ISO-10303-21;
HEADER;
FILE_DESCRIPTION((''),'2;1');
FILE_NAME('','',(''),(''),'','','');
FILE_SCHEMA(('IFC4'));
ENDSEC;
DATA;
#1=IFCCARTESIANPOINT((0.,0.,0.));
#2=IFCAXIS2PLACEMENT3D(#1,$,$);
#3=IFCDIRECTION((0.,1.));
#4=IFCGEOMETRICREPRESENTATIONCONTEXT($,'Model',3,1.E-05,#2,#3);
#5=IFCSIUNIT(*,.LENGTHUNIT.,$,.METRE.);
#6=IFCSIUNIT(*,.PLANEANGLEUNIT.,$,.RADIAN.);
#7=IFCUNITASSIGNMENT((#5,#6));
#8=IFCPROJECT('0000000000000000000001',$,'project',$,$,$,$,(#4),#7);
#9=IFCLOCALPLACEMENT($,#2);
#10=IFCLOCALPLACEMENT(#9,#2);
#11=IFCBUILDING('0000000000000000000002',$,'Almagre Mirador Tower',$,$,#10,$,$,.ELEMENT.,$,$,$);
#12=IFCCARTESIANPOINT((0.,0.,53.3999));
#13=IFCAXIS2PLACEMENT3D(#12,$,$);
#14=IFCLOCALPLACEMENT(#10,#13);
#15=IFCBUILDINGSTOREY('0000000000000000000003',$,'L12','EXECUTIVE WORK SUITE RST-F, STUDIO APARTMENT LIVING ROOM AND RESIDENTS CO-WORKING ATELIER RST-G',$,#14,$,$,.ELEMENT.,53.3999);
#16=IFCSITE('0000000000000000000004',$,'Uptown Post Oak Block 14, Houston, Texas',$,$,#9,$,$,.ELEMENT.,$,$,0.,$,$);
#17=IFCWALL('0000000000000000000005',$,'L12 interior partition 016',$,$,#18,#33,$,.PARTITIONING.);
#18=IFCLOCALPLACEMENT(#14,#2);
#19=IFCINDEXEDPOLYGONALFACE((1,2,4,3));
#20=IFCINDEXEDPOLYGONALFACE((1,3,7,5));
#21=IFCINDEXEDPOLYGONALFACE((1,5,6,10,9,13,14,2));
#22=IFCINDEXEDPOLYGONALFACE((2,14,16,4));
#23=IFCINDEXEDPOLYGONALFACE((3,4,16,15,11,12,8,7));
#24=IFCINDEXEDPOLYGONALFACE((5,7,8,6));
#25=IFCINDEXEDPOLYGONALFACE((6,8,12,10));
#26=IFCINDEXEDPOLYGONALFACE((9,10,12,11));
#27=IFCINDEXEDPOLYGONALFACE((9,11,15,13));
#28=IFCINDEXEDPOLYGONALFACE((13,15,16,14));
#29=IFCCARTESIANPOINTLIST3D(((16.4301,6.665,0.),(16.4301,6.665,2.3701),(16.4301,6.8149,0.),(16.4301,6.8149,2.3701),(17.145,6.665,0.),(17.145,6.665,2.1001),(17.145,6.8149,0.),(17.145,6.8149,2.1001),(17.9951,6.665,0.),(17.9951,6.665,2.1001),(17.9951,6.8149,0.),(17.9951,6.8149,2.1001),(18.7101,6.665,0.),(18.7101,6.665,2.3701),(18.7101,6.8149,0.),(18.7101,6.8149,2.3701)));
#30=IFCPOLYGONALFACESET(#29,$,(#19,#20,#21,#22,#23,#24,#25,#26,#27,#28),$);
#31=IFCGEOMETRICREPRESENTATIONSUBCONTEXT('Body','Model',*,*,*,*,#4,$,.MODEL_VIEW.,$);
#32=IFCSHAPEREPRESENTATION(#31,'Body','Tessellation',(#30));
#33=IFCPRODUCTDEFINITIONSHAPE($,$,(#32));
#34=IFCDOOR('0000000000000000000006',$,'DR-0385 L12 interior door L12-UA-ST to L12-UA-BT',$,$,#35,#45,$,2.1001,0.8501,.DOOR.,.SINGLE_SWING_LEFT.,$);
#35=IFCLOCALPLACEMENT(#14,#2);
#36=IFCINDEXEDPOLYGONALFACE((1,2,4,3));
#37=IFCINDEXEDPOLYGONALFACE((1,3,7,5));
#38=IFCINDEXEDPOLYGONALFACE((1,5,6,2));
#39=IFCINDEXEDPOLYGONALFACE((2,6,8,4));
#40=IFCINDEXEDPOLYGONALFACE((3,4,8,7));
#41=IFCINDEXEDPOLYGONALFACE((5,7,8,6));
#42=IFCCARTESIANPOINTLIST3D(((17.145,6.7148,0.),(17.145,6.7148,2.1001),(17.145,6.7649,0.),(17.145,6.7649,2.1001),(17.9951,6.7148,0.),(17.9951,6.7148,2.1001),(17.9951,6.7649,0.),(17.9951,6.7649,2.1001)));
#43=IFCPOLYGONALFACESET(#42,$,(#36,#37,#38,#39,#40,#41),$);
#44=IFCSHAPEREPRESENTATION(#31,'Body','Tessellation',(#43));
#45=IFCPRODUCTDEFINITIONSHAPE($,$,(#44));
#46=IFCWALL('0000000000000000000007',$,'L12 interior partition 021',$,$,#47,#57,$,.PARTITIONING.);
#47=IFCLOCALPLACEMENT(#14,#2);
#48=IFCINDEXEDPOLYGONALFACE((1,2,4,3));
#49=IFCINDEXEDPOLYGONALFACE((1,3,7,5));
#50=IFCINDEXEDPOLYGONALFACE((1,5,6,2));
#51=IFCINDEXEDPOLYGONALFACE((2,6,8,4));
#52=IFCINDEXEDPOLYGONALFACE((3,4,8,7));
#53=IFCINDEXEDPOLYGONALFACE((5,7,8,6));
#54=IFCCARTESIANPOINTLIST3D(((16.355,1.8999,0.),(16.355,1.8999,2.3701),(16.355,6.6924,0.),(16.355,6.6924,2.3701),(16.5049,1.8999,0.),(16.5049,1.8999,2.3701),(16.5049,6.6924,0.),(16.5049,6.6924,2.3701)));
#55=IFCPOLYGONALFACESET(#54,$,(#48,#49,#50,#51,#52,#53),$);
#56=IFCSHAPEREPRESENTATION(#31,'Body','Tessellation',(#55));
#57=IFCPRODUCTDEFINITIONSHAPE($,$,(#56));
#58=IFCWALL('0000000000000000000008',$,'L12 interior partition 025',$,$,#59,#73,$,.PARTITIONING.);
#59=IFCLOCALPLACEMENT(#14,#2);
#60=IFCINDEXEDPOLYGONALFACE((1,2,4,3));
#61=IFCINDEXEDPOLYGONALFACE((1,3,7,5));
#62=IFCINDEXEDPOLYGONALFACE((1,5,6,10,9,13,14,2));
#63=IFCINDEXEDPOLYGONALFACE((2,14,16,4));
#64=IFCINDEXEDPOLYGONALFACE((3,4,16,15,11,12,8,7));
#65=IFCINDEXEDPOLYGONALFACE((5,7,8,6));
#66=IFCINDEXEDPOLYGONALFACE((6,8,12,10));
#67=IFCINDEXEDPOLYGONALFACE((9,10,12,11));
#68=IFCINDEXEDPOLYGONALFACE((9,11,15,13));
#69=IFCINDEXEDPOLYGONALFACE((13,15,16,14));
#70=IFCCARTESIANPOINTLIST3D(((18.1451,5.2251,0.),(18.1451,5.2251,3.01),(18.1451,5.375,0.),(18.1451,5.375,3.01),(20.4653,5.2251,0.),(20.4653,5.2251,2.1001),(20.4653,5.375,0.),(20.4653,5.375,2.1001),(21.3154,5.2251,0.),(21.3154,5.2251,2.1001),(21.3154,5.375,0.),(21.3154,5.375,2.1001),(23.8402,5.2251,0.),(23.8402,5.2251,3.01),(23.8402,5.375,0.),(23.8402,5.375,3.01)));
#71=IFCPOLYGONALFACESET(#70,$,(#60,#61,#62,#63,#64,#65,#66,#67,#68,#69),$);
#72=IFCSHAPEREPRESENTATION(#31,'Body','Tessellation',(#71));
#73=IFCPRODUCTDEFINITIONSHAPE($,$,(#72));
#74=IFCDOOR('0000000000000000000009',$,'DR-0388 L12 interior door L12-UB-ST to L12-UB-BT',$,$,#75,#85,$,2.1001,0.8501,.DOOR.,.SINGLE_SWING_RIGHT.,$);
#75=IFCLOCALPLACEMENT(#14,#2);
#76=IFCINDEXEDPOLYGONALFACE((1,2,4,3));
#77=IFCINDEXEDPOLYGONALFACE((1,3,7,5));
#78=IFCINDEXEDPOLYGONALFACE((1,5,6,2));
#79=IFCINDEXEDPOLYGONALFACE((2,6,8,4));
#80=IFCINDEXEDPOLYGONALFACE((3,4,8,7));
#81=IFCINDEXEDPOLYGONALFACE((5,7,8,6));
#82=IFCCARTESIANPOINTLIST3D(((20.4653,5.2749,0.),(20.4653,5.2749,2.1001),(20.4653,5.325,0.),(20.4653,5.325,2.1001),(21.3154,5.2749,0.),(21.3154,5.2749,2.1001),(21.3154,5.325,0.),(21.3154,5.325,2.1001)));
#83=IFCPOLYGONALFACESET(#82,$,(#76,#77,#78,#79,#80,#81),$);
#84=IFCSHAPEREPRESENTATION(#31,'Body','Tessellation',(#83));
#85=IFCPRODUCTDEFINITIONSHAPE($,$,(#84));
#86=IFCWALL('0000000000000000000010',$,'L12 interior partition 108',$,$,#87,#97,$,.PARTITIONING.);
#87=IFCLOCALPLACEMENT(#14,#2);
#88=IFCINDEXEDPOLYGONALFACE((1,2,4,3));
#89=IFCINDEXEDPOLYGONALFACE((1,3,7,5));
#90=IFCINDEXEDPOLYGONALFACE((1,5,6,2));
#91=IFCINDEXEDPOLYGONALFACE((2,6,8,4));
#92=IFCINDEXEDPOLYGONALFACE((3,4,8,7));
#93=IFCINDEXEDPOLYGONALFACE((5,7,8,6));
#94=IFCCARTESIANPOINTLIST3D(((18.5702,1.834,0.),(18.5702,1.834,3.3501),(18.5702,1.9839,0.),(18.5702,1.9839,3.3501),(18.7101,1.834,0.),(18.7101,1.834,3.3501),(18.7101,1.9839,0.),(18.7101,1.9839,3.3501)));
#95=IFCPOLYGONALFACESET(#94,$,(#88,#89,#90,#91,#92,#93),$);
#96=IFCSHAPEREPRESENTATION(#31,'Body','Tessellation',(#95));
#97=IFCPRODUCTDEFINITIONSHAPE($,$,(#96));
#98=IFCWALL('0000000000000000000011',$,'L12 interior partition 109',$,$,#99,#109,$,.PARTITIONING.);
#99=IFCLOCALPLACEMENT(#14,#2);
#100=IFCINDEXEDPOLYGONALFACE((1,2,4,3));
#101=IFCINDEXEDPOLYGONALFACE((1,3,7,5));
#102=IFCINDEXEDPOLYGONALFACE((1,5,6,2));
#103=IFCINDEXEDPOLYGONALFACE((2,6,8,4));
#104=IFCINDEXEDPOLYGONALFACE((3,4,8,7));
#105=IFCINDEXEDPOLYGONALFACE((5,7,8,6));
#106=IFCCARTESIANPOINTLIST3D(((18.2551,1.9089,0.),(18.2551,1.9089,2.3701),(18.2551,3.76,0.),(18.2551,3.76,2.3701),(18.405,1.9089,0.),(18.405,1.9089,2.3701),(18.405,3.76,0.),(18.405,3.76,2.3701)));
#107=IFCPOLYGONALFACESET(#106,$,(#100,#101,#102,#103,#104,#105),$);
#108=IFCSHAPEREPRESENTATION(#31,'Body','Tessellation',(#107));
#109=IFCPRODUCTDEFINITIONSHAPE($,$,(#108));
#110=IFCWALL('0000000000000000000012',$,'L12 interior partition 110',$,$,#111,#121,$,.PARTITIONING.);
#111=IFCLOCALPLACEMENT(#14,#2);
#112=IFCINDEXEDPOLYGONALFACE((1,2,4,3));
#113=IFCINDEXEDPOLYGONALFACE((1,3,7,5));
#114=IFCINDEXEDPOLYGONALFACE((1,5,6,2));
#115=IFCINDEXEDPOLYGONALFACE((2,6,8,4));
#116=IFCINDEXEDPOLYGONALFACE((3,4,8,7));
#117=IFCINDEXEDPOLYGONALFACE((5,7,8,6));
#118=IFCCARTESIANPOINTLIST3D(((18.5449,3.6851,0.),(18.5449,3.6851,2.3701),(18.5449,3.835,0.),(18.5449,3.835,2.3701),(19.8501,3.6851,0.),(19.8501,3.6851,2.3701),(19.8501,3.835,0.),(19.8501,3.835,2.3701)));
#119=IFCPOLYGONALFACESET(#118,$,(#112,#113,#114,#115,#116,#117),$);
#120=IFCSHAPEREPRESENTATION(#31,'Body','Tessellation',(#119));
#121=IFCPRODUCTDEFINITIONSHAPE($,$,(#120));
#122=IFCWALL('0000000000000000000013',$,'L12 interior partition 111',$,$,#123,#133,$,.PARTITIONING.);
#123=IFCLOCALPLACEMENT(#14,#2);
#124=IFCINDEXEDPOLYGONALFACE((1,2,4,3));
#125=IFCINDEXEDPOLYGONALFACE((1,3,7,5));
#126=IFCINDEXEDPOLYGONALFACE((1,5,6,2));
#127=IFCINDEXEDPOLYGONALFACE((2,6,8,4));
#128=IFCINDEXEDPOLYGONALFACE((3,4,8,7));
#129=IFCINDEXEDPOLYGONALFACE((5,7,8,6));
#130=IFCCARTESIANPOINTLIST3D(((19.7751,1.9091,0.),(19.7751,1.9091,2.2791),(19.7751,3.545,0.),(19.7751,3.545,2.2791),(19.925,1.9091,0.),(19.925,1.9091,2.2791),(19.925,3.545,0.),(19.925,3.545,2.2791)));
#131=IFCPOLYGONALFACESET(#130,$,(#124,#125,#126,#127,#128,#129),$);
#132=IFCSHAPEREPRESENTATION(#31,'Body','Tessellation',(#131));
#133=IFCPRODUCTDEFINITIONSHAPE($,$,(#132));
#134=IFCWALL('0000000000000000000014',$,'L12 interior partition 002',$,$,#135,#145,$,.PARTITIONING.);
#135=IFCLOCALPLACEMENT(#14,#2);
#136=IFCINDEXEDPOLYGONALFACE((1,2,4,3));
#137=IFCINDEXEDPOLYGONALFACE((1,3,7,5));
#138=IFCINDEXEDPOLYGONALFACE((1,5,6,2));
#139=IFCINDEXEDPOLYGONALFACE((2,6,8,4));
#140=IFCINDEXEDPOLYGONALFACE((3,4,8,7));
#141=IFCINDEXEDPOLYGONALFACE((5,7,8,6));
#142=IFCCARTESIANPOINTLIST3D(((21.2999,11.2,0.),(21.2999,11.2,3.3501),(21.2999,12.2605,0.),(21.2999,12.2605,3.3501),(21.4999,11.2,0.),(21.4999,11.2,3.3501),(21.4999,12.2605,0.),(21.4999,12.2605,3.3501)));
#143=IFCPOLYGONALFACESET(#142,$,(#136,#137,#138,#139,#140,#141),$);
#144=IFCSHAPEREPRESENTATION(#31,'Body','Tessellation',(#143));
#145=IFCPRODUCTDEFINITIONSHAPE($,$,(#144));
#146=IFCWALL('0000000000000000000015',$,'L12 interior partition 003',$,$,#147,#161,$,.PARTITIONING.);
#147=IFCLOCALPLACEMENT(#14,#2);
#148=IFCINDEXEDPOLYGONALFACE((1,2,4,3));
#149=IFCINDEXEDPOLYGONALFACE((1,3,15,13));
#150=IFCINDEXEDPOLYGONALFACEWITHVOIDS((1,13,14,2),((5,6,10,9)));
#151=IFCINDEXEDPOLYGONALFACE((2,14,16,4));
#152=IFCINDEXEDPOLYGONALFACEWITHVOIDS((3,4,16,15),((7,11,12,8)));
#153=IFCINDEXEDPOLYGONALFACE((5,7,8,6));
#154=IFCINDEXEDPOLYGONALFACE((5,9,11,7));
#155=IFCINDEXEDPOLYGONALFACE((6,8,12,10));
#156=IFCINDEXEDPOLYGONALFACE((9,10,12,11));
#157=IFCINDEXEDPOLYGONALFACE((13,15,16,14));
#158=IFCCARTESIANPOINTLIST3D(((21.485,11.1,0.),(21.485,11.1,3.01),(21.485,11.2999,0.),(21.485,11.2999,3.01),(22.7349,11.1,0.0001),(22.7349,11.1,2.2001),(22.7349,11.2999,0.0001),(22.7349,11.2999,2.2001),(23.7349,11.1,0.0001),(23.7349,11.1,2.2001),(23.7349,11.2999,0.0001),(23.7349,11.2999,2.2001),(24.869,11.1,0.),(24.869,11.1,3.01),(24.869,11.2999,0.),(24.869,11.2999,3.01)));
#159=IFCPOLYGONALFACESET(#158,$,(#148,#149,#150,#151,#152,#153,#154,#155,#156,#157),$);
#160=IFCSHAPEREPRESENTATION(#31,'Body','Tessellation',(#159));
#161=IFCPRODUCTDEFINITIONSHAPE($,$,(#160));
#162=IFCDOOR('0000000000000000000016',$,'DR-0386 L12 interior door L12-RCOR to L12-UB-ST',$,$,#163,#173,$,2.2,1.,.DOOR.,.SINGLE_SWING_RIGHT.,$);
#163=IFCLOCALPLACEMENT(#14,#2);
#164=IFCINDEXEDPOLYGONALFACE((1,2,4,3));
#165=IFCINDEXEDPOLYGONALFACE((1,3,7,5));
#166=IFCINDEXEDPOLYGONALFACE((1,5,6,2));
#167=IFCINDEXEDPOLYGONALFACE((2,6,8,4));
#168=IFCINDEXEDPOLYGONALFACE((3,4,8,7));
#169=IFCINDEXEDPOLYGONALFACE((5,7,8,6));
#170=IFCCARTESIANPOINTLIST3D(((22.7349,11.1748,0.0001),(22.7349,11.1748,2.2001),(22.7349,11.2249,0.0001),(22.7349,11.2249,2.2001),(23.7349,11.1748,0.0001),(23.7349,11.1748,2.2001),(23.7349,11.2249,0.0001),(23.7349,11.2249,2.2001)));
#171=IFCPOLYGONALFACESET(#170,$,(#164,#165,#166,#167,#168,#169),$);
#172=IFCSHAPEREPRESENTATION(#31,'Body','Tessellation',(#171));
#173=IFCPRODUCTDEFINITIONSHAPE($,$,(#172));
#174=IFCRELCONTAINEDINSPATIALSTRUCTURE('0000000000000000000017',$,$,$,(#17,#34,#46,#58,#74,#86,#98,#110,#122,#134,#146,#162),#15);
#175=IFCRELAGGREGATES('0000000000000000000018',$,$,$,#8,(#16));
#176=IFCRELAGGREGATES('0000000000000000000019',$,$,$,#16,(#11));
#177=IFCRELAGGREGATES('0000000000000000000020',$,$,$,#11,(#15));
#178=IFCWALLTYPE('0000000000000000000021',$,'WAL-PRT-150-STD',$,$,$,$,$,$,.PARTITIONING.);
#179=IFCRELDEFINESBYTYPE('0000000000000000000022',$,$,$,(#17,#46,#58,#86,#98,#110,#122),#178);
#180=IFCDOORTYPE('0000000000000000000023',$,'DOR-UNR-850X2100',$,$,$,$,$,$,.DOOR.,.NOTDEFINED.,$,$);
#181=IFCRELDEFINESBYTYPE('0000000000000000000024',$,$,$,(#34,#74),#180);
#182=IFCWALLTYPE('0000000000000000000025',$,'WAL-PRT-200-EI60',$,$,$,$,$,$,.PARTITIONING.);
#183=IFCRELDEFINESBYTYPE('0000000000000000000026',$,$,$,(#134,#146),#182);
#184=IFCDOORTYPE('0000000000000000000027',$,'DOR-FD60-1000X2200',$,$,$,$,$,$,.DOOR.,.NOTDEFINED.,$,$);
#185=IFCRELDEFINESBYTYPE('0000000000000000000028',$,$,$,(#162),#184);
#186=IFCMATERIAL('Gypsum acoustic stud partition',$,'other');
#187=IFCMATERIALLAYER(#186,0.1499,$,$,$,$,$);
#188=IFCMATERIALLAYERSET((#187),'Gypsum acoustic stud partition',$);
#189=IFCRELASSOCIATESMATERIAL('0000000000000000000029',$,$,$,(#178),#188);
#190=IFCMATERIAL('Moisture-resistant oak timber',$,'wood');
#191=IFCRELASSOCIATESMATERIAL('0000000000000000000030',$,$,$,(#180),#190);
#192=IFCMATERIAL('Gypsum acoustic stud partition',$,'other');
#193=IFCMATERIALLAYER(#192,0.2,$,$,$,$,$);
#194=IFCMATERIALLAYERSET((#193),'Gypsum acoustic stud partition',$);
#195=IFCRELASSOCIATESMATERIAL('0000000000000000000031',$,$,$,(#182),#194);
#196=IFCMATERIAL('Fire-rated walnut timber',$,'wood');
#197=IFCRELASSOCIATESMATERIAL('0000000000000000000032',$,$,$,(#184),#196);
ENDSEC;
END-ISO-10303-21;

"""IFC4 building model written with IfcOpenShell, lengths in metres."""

from ifc_helpers import new_model, si_unit, direction, frame, frame_2d, origin, place, context, subcontext, project, spatial, rectangle, extrude, material, layer, layer_set, type_object, element, fill, save


model = new_model("IFC4")

# Units and contexts
model_context = context("Model", 3, precision=1e-05, world=origin(), true_north=direction((0.0, 1.0)))
body_context = subcontext(model_context, "Body", "Model", "MODEL_VIEW")
ifc_project = project(units=[si_unit("LENGTHUNIT", "METRE"), si_unit("PLANEANGLEUNIT", "RADIAN")], contexts=[model_context])

# Site, building, storey
site_placement = place(None, origin())
site = spatial("IfcSite", under=ifc_project, at=site_placement, Name="Uptown Post Oak Block 14, Houston, Texas", CompositionType="ELEMENT", RefElevation=0.0)
building_placement = place(site_placement, origin())
building = spatial("IfcBuilding", under=site, at=building_placement, Name="Almagre Mirador Tower", CompositionType="ELEMENT")
storey_placement = place(building_placement, frame((0.0, 0.0, 53.3999)))
storey = spatial("IfcBuildingStorey", under=building, at=storey_placement, Name="L12", Description="EXECUTIVE WORK SUITE RST-F, STUDIO APARTMENT LIVING ROOM AND RESIDENTS CO-WORKING ATELIER RST-G", CompositionType="ELEMENT", Elevation=53.3999)

# Wall, opening, door
ifc_material_1 = material(Name="Gypsum acoustic stud partition", Category="other")
ifc_layer_1 = layer(ifc_material_1, 0.1499)
ifc_layer_set_1 = layer_set([ifc_layer_1], Name="Gypsum acoustic stud partition")
wall_type_1 = type_object("IfcWallType", Name="WAL-PRT-150-STD", PredefinedType="PARTITIONING", material=ifc_layer_set_1)
wall_1_placement = place(storey_placement, frame((16.4299, 6.74, 0.0), z_axis=(0.0, 0.0, 1.0), x_axis=(1.0, 0.0, 0.0)))
wall_1 = element("IfcWall", 1, at=wall_1_placement, inside=storey, type_object=wall_type_1, Name="L12 interior partition 016", PredefinedType="PARTITIONING", context=body_context, shape_type="SweptSolid", body=[
    extrude(rectangle(XDim=2.28, YDim=0.1499, at=frame_2d((1.1401, 0.0))), origin(), (0.0, 0.0, 1.0), 2.3701),
])
opening_1_placement = place(wall_1_placement, frame((0.7151, 0.0, 0.0)))
opening_1 = element("IfcOpeningElement", 2, at=opening_1_placement, cuts=wall_1, PredefinedType="OPENING", context=body_context, shape_type="SweptSolid", body=[
    extrude(rectangle(XDim=0.8501, YDim=2.1001, at=frame_2d((0.425, 1.05))), frame((0.0, 0.085, 0.0), z_axis=(0.0, -1.0, 0.0), x_axis=(1.0, 0.0, 0.0)), (0.0, 0.0, 1.0), 0.1699),
])
ifc_material_2 = material(Name="Moisture-resistant oak timber", Category="wood")
door_type_1 = type_object("IfcDoorType", Name="DOR-UNR-850X2100", OperationType="NOTDEFINED", PredefinedType="DOOR", material=ifc_material_2)
door_1_placement = place(opening_1_placement, origin())
door_1 = element("IfcDoor", 3, at=door_1_placement, inside=storey, type_object=door_type_1, Name="DR-0385 L12 interior door L12-UA-ST to L12-UA-BT", OperationType="SINGLE_SWING_LEFT", OverallHeight=2.1001, OverallWidth=0.8501, PredefinedType="DOOR", context=body_context, shape_type="SweptSolid", body=[
    extrude(rectangle(XDim=0.8501, YDim=2.1001, at=frame_2d((0.425, 1.05))), frame((0.0, 0.0249, 0.0), z_axis=(0.0, -1.0, 0.0), x_axis=(1.0, 0.0, 0.0)), (0.0, 0.0, 1.0), 0.05),
])
fill(opening_1, door_1)

# Wall
wall_2_placement = place(storey_placement, frame((16.4299, 1.8999, 0.0), z_axis=(0.0, 0.0, 1.0), x_axis=(0.0, 1.0, 0.0)))
element("IfcWall", 4, at=wall_2_placement, inside=storey, type_object=wall_type_1, Name="L12 interior partition 021", PredefinedType="PARTITIONING", context=body_context, shape_type="SweptSolid", body=[
    extrude(rectangle(XDim=4.7925, YDim=0.1499, at=frame_2d((2.3962, 0.0))), origin(), (0.0, 0.0, 1.0), 2.3701),
])

# Wall, opening, door
wall_3_placement = place(storey_placement, frame((18.145, 5.3, 0.0), z_axis=(0.0, 0.0, 1.0), x_axis=(1.0, 0.0, 0.0)))
wall_3 = element("IfcWall", 5, at=wall_3_placement, inside=storey, type_object=wall_type_1, Name="L12 interior partition 025", PredefinedType="PARTITIONING", context=body_context, shape_type="SweptSolid", body=[
    extrude(rectangle(XDim=5.6951, YDim=0.1499, at=frame_2d((2.8477, 0.0))), origin(), (0.0, 0.0, 1.0), 3.01),
])
opening_2_placement = place(wall_3_placement, frame((2.3203, 0.0, 0.0)))
opening_2 = element("IfcOpeningElement", 6, at=opening_2_placement, cuts=wall_3, PredefinedType="OPENING", context=body_context, shape_type="SweptSolid", body=[
    extrude(rectangle(XDim=0.8501, YDim=2.1001, at=frame_2d((0.425, 1.05))), frame((0.0, 0.085, 0.0), z_axis=(0.0, -1.0, 0.0), x_axis=(1.0, 0.0, 0.0)), (0.0, 0.0, 1.0), 0.1699),
])
door_2_placement = place(opening_2_placement, origin())
door_2 = element("IfcDoor", 7, at=door_2_placement, inside=storey, type_object=door_type_1, Name="DR-0388 L12 interior door L12-UB-ST to L12-UB-BT", OperationType="SINGLE_SWING_RIGHT", OverallHeight=2.1001, OverallWidth=0.8501, PredefinedType="DOOR", context=body_context, shape_type="SweptSolid", body=[
    extrude(rectangle(XDim=0.8501, YDim=2.1001, at=frame_2d((0.425, 1.05))), frame((0.0, 0.0249, 0.0), z_axis=(0.0, -1.0, 0.0), x_axis=(1.0, 0.0, 0.0)), (0.0, 0.0, 1.0), 0.05),
])
fill(opening_2, door_2)

# Walls
wall_4_placement = place(storey_placement, frame((18.71, 1.9089, 0.0), z_axis=(0.0, 0.0, 1.0), x_axis=(-1.0, 0.0, 0.0)))
element("IfcWall", 8, at=wall_4_placement, inside=storey, type_object=wall_type_1, Name="L12 interior partition 108", PredefinedType="PARTITIONING", context=body_context, shape_type="SweptSolid", body=[
    extrude(rectangle(XDim=0.1399, YDim=0.1499, at=frame_2d((0.0698, 0.0))), origin(), (0.0, 0.0, 1.0), 3.3501),
])
wall_5_placement = place(storey_placement, frame((18.3301, 1.9089, 0.0), z_axis=(0.0, 0.0, 1.0), x_axis=(0.0, 1.0, 0.0)))
element("IfcWall", 9, at=wall_5_placement, inside=storey, type_object=wall_type_1, Name="L12 interior partition 109", PredefinedType="PARTITIONING", context=body_context, shape_type="SweptSolid", body=[
    extrude(rectangle(XDim=1.8511, YDim=0.1499, at=frame_2d((0.9255, 0.0))), origin(), (0.0, 0.0, 1.0), 2.3701),
])
wall_6_placement = place(storey_placement, frame((18.5449, 3.76, 0.0), z_axis=(0.0, 0.0, 1.0), x_axis=(1.0, 0.0, 0.0)))
element("IfcWall", 10, at=wall_6_placement, inside=storey, type_object=wall_type_1, Name="L12 interior partition 110", PredefinedType="PARTITIONING", context=body_context, shape_type="SweptSolid", body=[
    extrude(rectangle(XDim=1.3052, YDim=0.1499, at=frame_2d((0.6526, 0.0))), origin(), (0.0, 0.0, 1.0), 2.3701),
])
wall_7_placement = place(storey_placement, frame((19.8501, 3.5449, 0.0), z_axis=(0.0, 0.0, 1.0), x_axis=(0.0, -1.0, 0.0)))
element("IfcWall", 11, at=wall_7_placement, inside=storey, type_object=wall_type_1, Name="L12 interior partition 111", PredefinedType="PARTITIONING", context=body_context, shape_type="SweptSolid", body=[
    extrude(rectangle(XDim=1.636, YDim=0.1499, at=frame_2d((0.8179, 0.0))), origin(), (0.0, 0.0, 1.0), 2.2791),
])
ifc_material_3 = material(Name="Gypsum acoustic stud partition", Category="other")
ifc_layer_2 = layer(ifc_material_3, 0.2)
ifc_layer_set_2 = layer_set([ifc_layer_2], Name="Gypsum acoustic stud partition")
wall_type_2 = type_object("IfcWallType", Name="WAL-PRT-200-EI60", PredefinedType="PARTITIONING", material=ifc_layer_set_2)
wall_8_placement = place(storey_placement, frame((21.3999, 12.2605, 0.0), z_axis=(0.0, 0.0, 1.0), x_axis=(0.0, -1.0, 0.0)))
element("IfcWall", 12, at=wall_8_placement, inside=storey, type_object=wall_type_2, Name="L12 interior partition 002", PredefinedType="PARTITIONING", context=body_context, shape_type="SweptSolid", body=[
    extrude(rectangle(XDim=1.0605, YDim=0.2, at=frame_2d((0.5303, 0.0))), origin(), (0.0, 0.0, 1.0), 3.3501),
])

# Wall, opening, door
wall_9_placement = place(storey_placement, frame((21.4851, 11.2, 0.0), z_axis=(0.0, 0.0, 1.0), x_axis=(1.0, 0.0, 0.0)))
wall_9 = element("IfcWall", 13, at=wall_9_placement, inside=storey, type_object=wall_type_2, Name="L12 interior partition 003", PredefinedType="PARTITIONING", context=body_context, shape_type="SweptSolid", body=[
    extrude(rectangle(XDim=3.384, YDim=0.2, at=frame_2d((1.6919, 0.0))), origin(), (0.0, 0.0, 1.0), 3.01),
])
opening_3_placement = place(wall_9_placement, frame((1.2498, 0.0, 0.0)))
opening_3 = element("IfcOpeningElement", 14, at=opening_3_placement, cuts=wall_9, PredefinedType="OPENING", context=body_context, shape_type="SweptSolid", body=[
    extrude(rectangle(XDim=1.0, YDim=2.2, at=frame_2d((0.5, 1.1001))), frame((0.0, 0.1101, 0.0), z_axis=(0.0, -1.0, 0.0), x_axis=(1.0, 0.0, 0.0)), (0.0, 0.0, 1.0), 0.22),
])
ifc_material_4 = material(Name="Fire-rated walnut timber", Category="wood")
door_type_2 = type_object("IfcDoorType", Name="DOR-FD60-1000X2200", OperationType="NOTDEFINED", PredefinedType="DOOR", material=ifc_material_4)
door_3_placement = place(opening_3_placement, origin())
door_3 = element("IfcDoor", 15, at=door_3_placement, inside=storey, type_object=door_type_2, Name="DR-0386 L12 interior door L12-RCOR to L12-UB-ST", OperationType="SINGLE_SWING_RIGHT", OverallHeight=2.2, OverallWidth=1.0, PredefinedType="DOOR", context=body_context, shape_type="SweptSolid", body=[
    extrude(rectangle(XDim=1.0, YDim=2.2, at=frame_2d((0.5, 1.1001))), frame((0.0, 0.0249, 0.0), z_axis=(0.0, -1.0, 0.0), x_axis=(1.0, 0.0, 0.0)), (0.0, 0.0, 1.0), 0.05),
])
fill(opening_3, door_3)

save(model, "model.ifc")
